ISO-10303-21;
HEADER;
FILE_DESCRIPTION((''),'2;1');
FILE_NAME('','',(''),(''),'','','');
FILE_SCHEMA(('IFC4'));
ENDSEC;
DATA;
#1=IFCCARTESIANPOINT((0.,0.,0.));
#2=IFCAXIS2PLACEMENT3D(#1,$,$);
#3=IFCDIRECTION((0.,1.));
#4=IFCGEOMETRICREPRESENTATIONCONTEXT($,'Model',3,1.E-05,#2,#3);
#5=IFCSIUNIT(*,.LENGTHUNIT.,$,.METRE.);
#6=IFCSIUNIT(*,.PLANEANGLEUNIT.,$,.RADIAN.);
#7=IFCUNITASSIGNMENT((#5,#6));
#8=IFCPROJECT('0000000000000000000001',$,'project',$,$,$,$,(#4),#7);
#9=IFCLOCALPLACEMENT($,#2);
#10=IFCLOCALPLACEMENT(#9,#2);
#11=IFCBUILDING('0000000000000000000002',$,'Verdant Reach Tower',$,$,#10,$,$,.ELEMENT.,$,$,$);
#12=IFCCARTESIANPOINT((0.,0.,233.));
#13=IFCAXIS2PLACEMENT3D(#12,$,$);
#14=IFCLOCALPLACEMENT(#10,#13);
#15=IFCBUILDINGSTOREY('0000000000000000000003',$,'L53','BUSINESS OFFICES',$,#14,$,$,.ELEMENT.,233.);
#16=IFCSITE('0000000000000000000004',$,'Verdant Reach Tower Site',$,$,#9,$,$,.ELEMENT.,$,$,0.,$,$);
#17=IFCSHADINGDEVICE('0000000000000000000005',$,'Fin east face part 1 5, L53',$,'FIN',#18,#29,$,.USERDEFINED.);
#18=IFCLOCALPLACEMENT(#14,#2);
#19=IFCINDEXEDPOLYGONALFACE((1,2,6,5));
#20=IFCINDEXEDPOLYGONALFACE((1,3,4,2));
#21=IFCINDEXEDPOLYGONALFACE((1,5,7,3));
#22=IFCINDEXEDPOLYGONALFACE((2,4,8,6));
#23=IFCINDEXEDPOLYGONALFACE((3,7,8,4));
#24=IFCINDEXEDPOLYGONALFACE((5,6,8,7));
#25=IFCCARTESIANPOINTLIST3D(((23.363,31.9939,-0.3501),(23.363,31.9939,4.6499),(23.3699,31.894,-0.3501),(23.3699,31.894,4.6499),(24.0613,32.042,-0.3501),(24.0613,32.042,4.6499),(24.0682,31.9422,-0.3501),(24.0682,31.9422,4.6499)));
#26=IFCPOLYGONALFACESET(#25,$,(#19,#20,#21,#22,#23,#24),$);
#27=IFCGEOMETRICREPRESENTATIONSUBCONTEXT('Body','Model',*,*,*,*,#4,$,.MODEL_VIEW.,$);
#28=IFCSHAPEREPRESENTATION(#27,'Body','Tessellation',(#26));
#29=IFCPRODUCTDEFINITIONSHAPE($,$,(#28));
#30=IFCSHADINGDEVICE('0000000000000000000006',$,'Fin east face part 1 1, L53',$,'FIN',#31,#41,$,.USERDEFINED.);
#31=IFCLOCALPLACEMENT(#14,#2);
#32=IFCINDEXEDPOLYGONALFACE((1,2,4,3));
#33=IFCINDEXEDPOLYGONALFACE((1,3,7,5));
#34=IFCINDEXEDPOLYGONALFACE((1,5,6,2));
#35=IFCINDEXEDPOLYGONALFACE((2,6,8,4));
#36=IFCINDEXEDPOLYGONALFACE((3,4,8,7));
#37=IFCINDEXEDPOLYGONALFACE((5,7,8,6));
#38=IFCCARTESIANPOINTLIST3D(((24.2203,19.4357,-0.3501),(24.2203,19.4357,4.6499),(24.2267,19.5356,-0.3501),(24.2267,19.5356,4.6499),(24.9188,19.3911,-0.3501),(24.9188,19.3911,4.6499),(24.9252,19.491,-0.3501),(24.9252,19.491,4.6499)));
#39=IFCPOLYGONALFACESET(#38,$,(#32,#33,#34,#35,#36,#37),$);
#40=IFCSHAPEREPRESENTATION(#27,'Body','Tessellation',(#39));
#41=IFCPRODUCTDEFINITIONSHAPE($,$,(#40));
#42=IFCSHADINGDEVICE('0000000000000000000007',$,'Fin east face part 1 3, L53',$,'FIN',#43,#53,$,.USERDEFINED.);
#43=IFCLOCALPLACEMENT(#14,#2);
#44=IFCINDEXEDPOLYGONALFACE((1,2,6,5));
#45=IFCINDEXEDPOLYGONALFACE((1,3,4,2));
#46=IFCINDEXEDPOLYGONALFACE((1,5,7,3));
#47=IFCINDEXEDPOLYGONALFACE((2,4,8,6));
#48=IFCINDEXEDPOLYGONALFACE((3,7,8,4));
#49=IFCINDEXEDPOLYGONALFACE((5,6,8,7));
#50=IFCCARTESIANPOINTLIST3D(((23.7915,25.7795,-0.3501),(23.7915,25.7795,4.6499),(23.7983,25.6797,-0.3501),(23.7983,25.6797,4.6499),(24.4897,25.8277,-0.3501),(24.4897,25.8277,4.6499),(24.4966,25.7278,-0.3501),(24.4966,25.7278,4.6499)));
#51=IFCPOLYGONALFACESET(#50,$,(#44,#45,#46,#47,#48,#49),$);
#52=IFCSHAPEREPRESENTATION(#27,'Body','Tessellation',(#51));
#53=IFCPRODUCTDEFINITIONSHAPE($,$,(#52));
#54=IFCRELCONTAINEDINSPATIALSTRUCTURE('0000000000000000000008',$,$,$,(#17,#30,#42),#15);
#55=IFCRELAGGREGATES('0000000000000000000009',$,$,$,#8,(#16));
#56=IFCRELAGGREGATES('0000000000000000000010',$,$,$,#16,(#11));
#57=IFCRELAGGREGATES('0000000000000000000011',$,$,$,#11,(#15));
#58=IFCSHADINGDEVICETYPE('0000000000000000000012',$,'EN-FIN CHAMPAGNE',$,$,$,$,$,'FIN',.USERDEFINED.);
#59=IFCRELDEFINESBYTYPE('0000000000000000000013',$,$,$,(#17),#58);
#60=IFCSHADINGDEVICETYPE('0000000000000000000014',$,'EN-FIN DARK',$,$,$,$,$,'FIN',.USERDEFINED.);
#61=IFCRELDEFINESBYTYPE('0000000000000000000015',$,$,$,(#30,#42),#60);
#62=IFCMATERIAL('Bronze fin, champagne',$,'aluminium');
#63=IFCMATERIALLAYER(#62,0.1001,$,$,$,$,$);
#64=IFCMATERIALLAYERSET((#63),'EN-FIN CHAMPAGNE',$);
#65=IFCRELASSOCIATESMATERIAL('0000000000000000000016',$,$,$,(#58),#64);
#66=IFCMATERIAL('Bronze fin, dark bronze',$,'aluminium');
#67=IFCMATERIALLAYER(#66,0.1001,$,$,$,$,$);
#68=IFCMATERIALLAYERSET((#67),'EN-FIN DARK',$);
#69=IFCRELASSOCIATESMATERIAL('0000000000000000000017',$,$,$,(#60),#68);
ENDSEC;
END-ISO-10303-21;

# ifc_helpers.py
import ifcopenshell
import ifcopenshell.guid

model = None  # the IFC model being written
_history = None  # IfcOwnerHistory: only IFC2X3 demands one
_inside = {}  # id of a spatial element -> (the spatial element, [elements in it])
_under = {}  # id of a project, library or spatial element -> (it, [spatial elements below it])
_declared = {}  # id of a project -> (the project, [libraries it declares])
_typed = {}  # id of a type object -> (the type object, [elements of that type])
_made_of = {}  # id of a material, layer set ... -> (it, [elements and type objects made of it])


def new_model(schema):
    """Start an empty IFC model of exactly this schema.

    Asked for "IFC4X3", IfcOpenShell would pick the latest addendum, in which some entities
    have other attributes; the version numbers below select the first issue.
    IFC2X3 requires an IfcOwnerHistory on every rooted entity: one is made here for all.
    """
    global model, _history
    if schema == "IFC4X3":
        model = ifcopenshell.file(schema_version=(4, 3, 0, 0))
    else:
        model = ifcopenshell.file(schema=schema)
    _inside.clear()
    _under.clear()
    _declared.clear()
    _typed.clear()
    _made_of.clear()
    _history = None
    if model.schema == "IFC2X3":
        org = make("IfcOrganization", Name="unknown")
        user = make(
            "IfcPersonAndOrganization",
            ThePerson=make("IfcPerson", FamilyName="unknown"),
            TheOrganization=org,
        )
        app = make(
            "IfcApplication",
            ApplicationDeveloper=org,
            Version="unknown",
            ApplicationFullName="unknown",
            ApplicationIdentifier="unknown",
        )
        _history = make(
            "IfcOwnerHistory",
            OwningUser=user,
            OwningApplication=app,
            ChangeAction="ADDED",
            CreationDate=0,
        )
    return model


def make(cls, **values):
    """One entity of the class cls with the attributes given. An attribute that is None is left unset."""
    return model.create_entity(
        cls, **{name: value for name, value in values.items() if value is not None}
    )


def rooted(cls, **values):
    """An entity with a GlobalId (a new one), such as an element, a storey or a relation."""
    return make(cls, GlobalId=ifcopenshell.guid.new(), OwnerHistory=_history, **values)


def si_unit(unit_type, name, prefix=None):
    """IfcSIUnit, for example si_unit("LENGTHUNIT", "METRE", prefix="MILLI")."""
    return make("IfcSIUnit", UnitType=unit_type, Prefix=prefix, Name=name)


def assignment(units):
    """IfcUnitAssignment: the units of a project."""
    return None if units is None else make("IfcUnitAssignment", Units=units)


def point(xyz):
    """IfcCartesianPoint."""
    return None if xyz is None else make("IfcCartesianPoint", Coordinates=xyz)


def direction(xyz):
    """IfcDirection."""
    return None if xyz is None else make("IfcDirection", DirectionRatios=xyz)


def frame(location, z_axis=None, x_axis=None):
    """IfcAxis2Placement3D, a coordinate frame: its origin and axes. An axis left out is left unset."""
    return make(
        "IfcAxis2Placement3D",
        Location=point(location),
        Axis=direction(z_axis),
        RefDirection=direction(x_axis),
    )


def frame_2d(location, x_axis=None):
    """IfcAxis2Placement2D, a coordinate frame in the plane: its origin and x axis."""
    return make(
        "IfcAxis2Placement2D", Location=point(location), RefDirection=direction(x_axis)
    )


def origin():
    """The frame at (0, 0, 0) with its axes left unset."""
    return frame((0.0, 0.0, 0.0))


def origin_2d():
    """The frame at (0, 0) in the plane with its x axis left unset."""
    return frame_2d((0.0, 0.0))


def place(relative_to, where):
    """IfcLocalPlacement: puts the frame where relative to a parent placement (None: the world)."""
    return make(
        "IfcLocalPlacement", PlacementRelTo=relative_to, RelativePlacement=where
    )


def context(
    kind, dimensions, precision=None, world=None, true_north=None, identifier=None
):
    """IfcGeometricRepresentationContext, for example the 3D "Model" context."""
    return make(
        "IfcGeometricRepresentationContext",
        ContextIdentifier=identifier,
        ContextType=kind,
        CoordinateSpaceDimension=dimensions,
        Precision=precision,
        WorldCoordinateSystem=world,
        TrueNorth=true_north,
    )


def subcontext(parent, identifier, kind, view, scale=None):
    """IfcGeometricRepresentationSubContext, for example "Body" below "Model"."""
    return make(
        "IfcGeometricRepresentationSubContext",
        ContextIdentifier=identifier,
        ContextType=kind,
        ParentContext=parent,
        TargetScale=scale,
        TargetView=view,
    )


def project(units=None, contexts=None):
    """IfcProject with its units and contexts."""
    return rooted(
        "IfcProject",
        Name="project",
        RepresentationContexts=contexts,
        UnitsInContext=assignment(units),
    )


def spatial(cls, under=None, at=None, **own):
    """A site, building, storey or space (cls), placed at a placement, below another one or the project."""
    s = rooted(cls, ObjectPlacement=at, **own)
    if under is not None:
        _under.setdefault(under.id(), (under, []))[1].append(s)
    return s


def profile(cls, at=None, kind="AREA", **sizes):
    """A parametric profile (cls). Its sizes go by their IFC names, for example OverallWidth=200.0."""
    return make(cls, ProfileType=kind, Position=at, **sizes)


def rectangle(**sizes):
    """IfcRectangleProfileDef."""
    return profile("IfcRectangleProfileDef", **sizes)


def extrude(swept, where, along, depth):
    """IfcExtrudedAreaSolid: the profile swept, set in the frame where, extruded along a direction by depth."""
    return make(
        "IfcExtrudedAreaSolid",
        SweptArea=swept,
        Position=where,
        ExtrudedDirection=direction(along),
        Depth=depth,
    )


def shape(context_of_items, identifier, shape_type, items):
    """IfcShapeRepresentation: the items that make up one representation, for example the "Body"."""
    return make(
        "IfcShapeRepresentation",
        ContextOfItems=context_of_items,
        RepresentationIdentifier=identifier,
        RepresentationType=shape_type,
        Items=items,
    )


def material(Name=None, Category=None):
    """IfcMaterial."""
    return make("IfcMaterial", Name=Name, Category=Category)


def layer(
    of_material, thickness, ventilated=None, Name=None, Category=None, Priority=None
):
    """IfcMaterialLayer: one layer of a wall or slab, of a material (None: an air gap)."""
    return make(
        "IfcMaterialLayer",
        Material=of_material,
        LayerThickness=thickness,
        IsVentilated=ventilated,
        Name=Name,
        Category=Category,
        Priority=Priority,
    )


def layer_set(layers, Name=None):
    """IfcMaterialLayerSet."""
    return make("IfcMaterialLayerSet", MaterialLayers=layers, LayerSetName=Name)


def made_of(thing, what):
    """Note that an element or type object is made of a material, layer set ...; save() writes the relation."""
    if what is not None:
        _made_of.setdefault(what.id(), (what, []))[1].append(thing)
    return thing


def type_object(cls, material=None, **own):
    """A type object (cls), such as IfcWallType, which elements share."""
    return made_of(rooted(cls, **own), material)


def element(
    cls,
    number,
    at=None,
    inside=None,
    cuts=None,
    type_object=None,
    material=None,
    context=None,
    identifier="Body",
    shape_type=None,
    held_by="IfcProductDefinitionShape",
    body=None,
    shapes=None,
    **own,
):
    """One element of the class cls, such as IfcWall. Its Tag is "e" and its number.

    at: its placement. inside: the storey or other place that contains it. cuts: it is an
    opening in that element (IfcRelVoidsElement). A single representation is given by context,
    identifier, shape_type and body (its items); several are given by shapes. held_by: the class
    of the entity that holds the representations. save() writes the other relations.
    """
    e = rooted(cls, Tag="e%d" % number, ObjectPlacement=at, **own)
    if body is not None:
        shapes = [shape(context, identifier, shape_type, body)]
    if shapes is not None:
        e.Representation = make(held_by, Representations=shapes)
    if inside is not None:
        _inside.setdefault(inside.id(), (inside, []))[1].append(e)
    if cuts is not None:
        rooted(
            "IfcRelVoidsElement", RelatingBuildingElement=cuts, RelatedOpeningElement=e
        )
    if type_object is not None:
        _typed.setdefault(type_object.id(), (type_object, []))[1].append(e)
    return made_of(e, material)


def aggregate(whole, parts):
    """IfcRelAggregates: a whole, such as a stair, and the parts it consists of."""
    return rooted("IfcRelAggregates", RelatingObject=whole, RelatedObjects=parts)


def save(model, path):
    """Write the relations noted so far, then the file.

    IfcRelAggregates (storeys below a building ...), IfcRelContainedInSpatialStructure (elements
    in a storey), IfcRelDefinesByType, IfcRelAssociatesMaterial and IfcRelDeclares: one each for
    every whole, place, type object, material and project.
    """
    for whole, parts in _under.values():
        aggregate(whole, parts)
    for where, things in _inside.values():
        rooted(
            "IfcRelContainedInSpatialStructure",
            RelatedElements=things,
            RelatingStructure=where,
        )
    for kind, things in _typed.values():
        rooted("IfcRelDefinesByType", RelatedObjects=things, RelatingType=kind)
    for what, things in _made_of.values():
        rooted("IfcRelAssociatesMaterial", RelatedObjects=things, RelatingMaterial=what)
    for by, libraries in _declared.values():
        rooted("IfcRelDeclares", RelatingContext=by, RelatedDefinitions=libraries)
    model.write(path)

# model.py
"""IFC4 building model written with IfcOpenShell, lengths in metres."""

from ifc_helpers import new_model, si_unit, direction, frame, origin, origin_2d, place, context, subcontext, project, spatial, rectangle, extrude, material, layer, layer_set, type_object, element, save


model = new_model("IFC4")

# Units and contexts
model_context = context("Model", 3, precision=1e-05, world=origin(), true_north=direction((0.0, 1.0)))
body_context = subcontext(model_context, "Body", "Model", "MODEL_VIEW")
ifc_project = project(units=[si_unit("LENGTHUNIT", "METRE"), si_unit("PLANEANGLEUNIT", "RADIAN")], contexts=[model_context])

# Site, building, storey
site_placement = place(None, origin())
site = spatial("IfcSite", under=ifc_project, at=site_placement, Name="Verdant Reach Tower Site", CompositionType="ELEMENT", RefElevation=0.0)
building_placement = place(site_placement, origin())
building = spatial("IfcBuilding", under=site, at=building_placement, Name="Verdant Reach Tower", CompositionType="ELEMENT")
storey_placement = place(building_placement, frame((0.0, 0.0, 233.0)))
storey = spatial("IfcBuildingStorey", under=building, at=storey_placement, Name="L53", Description="BUSINESS OFFICES", CompositionType="ELEMENT", Elevation=233.0)

# Shading devices
ifc_material_1 = material(Name="Bronze fin, champagne", Category="aluminium")
ifc_layer_1 = layer(ifc_material_1, 0.1001)
ifc_layer_set_1 = layer_set([ifc_layer_1], Name="EN-FIN CHAMPAGNE")
shading_device_type_1 = type_object("IfcShadingDeviceType", Name="EN-FIN CHAMPAGNE", ElementType="FIN", PredefinedType="USERDEFINED", material=ifc_layer_set_1)
shading_device_placement = place(storey_placement, frame((23.7156, 31.968, -0.3501), z_axis=(0.0, 0.0, 1.0), x_axis=(-0.068802, 0.99763, 0.0)))
element("IfcShadingDevice", 1, at=shading_device_placement, inside=storey, type_object=shading_device_type_1, Name="Fin east face part 1 5, L53", ObjectType="FIN", PredefinedType="USERDEFINED", context=body_context, shape_type="SweptSolid", body=[
    extrude(rectangle(XDim=0.1001, YDim=0.7, at=origin_2d()), origin(), (0.0, 0.0, 1.0), 5.0),
])
ifc_material_2 = material(Name="Bronze fin, dark bronze", Category="aluminium")
ifc_layer_2 = layer(ifc_material_2, 0.1001)
ifc_layer_set_2 = layer_set([ifc_layer_2], Name="EN-FIN DARK")
shading_device_type_2 = type_object("IfcShadingDeviceType", Name="EN-FIN DARK", ElementType="FIN", PredefinedType="USERDEFINED", material=ifc_layer_set_2)
for number, where, z_axis, x_axis, name in (
    (2, (24.5728, 19.4634, -0.3501), (0.0, 0.0, 1.0), (0.063699, 0.997969, 0.0), "Fin east face part 1 1, L53"),
    (3, (24.144, 25.7537, -0.3501), (0.0, 0.0, 1.0), (-0.068802, 0.99763, 0.0), "Fin east face part 1 3, L53"),
):
    element("IfcShadingDevice", number, at=place(storey_placement, frame(where, z_axis=z_axis, x_axis=x_axis)), inside=storey, type_object=shading_device_type_2, Name=name, ObjectType="FIN", PredefinedType="USERDEFINED", context=body_context, shape_type="SweptSolid", body=[
        extrude(rectangle(XDim=0.1001, YDim=0.7, at=origin_2d()), origin(), (0.0, 0.0, 1.0), 5.0),
    ])

save(model, "model.ifc")
